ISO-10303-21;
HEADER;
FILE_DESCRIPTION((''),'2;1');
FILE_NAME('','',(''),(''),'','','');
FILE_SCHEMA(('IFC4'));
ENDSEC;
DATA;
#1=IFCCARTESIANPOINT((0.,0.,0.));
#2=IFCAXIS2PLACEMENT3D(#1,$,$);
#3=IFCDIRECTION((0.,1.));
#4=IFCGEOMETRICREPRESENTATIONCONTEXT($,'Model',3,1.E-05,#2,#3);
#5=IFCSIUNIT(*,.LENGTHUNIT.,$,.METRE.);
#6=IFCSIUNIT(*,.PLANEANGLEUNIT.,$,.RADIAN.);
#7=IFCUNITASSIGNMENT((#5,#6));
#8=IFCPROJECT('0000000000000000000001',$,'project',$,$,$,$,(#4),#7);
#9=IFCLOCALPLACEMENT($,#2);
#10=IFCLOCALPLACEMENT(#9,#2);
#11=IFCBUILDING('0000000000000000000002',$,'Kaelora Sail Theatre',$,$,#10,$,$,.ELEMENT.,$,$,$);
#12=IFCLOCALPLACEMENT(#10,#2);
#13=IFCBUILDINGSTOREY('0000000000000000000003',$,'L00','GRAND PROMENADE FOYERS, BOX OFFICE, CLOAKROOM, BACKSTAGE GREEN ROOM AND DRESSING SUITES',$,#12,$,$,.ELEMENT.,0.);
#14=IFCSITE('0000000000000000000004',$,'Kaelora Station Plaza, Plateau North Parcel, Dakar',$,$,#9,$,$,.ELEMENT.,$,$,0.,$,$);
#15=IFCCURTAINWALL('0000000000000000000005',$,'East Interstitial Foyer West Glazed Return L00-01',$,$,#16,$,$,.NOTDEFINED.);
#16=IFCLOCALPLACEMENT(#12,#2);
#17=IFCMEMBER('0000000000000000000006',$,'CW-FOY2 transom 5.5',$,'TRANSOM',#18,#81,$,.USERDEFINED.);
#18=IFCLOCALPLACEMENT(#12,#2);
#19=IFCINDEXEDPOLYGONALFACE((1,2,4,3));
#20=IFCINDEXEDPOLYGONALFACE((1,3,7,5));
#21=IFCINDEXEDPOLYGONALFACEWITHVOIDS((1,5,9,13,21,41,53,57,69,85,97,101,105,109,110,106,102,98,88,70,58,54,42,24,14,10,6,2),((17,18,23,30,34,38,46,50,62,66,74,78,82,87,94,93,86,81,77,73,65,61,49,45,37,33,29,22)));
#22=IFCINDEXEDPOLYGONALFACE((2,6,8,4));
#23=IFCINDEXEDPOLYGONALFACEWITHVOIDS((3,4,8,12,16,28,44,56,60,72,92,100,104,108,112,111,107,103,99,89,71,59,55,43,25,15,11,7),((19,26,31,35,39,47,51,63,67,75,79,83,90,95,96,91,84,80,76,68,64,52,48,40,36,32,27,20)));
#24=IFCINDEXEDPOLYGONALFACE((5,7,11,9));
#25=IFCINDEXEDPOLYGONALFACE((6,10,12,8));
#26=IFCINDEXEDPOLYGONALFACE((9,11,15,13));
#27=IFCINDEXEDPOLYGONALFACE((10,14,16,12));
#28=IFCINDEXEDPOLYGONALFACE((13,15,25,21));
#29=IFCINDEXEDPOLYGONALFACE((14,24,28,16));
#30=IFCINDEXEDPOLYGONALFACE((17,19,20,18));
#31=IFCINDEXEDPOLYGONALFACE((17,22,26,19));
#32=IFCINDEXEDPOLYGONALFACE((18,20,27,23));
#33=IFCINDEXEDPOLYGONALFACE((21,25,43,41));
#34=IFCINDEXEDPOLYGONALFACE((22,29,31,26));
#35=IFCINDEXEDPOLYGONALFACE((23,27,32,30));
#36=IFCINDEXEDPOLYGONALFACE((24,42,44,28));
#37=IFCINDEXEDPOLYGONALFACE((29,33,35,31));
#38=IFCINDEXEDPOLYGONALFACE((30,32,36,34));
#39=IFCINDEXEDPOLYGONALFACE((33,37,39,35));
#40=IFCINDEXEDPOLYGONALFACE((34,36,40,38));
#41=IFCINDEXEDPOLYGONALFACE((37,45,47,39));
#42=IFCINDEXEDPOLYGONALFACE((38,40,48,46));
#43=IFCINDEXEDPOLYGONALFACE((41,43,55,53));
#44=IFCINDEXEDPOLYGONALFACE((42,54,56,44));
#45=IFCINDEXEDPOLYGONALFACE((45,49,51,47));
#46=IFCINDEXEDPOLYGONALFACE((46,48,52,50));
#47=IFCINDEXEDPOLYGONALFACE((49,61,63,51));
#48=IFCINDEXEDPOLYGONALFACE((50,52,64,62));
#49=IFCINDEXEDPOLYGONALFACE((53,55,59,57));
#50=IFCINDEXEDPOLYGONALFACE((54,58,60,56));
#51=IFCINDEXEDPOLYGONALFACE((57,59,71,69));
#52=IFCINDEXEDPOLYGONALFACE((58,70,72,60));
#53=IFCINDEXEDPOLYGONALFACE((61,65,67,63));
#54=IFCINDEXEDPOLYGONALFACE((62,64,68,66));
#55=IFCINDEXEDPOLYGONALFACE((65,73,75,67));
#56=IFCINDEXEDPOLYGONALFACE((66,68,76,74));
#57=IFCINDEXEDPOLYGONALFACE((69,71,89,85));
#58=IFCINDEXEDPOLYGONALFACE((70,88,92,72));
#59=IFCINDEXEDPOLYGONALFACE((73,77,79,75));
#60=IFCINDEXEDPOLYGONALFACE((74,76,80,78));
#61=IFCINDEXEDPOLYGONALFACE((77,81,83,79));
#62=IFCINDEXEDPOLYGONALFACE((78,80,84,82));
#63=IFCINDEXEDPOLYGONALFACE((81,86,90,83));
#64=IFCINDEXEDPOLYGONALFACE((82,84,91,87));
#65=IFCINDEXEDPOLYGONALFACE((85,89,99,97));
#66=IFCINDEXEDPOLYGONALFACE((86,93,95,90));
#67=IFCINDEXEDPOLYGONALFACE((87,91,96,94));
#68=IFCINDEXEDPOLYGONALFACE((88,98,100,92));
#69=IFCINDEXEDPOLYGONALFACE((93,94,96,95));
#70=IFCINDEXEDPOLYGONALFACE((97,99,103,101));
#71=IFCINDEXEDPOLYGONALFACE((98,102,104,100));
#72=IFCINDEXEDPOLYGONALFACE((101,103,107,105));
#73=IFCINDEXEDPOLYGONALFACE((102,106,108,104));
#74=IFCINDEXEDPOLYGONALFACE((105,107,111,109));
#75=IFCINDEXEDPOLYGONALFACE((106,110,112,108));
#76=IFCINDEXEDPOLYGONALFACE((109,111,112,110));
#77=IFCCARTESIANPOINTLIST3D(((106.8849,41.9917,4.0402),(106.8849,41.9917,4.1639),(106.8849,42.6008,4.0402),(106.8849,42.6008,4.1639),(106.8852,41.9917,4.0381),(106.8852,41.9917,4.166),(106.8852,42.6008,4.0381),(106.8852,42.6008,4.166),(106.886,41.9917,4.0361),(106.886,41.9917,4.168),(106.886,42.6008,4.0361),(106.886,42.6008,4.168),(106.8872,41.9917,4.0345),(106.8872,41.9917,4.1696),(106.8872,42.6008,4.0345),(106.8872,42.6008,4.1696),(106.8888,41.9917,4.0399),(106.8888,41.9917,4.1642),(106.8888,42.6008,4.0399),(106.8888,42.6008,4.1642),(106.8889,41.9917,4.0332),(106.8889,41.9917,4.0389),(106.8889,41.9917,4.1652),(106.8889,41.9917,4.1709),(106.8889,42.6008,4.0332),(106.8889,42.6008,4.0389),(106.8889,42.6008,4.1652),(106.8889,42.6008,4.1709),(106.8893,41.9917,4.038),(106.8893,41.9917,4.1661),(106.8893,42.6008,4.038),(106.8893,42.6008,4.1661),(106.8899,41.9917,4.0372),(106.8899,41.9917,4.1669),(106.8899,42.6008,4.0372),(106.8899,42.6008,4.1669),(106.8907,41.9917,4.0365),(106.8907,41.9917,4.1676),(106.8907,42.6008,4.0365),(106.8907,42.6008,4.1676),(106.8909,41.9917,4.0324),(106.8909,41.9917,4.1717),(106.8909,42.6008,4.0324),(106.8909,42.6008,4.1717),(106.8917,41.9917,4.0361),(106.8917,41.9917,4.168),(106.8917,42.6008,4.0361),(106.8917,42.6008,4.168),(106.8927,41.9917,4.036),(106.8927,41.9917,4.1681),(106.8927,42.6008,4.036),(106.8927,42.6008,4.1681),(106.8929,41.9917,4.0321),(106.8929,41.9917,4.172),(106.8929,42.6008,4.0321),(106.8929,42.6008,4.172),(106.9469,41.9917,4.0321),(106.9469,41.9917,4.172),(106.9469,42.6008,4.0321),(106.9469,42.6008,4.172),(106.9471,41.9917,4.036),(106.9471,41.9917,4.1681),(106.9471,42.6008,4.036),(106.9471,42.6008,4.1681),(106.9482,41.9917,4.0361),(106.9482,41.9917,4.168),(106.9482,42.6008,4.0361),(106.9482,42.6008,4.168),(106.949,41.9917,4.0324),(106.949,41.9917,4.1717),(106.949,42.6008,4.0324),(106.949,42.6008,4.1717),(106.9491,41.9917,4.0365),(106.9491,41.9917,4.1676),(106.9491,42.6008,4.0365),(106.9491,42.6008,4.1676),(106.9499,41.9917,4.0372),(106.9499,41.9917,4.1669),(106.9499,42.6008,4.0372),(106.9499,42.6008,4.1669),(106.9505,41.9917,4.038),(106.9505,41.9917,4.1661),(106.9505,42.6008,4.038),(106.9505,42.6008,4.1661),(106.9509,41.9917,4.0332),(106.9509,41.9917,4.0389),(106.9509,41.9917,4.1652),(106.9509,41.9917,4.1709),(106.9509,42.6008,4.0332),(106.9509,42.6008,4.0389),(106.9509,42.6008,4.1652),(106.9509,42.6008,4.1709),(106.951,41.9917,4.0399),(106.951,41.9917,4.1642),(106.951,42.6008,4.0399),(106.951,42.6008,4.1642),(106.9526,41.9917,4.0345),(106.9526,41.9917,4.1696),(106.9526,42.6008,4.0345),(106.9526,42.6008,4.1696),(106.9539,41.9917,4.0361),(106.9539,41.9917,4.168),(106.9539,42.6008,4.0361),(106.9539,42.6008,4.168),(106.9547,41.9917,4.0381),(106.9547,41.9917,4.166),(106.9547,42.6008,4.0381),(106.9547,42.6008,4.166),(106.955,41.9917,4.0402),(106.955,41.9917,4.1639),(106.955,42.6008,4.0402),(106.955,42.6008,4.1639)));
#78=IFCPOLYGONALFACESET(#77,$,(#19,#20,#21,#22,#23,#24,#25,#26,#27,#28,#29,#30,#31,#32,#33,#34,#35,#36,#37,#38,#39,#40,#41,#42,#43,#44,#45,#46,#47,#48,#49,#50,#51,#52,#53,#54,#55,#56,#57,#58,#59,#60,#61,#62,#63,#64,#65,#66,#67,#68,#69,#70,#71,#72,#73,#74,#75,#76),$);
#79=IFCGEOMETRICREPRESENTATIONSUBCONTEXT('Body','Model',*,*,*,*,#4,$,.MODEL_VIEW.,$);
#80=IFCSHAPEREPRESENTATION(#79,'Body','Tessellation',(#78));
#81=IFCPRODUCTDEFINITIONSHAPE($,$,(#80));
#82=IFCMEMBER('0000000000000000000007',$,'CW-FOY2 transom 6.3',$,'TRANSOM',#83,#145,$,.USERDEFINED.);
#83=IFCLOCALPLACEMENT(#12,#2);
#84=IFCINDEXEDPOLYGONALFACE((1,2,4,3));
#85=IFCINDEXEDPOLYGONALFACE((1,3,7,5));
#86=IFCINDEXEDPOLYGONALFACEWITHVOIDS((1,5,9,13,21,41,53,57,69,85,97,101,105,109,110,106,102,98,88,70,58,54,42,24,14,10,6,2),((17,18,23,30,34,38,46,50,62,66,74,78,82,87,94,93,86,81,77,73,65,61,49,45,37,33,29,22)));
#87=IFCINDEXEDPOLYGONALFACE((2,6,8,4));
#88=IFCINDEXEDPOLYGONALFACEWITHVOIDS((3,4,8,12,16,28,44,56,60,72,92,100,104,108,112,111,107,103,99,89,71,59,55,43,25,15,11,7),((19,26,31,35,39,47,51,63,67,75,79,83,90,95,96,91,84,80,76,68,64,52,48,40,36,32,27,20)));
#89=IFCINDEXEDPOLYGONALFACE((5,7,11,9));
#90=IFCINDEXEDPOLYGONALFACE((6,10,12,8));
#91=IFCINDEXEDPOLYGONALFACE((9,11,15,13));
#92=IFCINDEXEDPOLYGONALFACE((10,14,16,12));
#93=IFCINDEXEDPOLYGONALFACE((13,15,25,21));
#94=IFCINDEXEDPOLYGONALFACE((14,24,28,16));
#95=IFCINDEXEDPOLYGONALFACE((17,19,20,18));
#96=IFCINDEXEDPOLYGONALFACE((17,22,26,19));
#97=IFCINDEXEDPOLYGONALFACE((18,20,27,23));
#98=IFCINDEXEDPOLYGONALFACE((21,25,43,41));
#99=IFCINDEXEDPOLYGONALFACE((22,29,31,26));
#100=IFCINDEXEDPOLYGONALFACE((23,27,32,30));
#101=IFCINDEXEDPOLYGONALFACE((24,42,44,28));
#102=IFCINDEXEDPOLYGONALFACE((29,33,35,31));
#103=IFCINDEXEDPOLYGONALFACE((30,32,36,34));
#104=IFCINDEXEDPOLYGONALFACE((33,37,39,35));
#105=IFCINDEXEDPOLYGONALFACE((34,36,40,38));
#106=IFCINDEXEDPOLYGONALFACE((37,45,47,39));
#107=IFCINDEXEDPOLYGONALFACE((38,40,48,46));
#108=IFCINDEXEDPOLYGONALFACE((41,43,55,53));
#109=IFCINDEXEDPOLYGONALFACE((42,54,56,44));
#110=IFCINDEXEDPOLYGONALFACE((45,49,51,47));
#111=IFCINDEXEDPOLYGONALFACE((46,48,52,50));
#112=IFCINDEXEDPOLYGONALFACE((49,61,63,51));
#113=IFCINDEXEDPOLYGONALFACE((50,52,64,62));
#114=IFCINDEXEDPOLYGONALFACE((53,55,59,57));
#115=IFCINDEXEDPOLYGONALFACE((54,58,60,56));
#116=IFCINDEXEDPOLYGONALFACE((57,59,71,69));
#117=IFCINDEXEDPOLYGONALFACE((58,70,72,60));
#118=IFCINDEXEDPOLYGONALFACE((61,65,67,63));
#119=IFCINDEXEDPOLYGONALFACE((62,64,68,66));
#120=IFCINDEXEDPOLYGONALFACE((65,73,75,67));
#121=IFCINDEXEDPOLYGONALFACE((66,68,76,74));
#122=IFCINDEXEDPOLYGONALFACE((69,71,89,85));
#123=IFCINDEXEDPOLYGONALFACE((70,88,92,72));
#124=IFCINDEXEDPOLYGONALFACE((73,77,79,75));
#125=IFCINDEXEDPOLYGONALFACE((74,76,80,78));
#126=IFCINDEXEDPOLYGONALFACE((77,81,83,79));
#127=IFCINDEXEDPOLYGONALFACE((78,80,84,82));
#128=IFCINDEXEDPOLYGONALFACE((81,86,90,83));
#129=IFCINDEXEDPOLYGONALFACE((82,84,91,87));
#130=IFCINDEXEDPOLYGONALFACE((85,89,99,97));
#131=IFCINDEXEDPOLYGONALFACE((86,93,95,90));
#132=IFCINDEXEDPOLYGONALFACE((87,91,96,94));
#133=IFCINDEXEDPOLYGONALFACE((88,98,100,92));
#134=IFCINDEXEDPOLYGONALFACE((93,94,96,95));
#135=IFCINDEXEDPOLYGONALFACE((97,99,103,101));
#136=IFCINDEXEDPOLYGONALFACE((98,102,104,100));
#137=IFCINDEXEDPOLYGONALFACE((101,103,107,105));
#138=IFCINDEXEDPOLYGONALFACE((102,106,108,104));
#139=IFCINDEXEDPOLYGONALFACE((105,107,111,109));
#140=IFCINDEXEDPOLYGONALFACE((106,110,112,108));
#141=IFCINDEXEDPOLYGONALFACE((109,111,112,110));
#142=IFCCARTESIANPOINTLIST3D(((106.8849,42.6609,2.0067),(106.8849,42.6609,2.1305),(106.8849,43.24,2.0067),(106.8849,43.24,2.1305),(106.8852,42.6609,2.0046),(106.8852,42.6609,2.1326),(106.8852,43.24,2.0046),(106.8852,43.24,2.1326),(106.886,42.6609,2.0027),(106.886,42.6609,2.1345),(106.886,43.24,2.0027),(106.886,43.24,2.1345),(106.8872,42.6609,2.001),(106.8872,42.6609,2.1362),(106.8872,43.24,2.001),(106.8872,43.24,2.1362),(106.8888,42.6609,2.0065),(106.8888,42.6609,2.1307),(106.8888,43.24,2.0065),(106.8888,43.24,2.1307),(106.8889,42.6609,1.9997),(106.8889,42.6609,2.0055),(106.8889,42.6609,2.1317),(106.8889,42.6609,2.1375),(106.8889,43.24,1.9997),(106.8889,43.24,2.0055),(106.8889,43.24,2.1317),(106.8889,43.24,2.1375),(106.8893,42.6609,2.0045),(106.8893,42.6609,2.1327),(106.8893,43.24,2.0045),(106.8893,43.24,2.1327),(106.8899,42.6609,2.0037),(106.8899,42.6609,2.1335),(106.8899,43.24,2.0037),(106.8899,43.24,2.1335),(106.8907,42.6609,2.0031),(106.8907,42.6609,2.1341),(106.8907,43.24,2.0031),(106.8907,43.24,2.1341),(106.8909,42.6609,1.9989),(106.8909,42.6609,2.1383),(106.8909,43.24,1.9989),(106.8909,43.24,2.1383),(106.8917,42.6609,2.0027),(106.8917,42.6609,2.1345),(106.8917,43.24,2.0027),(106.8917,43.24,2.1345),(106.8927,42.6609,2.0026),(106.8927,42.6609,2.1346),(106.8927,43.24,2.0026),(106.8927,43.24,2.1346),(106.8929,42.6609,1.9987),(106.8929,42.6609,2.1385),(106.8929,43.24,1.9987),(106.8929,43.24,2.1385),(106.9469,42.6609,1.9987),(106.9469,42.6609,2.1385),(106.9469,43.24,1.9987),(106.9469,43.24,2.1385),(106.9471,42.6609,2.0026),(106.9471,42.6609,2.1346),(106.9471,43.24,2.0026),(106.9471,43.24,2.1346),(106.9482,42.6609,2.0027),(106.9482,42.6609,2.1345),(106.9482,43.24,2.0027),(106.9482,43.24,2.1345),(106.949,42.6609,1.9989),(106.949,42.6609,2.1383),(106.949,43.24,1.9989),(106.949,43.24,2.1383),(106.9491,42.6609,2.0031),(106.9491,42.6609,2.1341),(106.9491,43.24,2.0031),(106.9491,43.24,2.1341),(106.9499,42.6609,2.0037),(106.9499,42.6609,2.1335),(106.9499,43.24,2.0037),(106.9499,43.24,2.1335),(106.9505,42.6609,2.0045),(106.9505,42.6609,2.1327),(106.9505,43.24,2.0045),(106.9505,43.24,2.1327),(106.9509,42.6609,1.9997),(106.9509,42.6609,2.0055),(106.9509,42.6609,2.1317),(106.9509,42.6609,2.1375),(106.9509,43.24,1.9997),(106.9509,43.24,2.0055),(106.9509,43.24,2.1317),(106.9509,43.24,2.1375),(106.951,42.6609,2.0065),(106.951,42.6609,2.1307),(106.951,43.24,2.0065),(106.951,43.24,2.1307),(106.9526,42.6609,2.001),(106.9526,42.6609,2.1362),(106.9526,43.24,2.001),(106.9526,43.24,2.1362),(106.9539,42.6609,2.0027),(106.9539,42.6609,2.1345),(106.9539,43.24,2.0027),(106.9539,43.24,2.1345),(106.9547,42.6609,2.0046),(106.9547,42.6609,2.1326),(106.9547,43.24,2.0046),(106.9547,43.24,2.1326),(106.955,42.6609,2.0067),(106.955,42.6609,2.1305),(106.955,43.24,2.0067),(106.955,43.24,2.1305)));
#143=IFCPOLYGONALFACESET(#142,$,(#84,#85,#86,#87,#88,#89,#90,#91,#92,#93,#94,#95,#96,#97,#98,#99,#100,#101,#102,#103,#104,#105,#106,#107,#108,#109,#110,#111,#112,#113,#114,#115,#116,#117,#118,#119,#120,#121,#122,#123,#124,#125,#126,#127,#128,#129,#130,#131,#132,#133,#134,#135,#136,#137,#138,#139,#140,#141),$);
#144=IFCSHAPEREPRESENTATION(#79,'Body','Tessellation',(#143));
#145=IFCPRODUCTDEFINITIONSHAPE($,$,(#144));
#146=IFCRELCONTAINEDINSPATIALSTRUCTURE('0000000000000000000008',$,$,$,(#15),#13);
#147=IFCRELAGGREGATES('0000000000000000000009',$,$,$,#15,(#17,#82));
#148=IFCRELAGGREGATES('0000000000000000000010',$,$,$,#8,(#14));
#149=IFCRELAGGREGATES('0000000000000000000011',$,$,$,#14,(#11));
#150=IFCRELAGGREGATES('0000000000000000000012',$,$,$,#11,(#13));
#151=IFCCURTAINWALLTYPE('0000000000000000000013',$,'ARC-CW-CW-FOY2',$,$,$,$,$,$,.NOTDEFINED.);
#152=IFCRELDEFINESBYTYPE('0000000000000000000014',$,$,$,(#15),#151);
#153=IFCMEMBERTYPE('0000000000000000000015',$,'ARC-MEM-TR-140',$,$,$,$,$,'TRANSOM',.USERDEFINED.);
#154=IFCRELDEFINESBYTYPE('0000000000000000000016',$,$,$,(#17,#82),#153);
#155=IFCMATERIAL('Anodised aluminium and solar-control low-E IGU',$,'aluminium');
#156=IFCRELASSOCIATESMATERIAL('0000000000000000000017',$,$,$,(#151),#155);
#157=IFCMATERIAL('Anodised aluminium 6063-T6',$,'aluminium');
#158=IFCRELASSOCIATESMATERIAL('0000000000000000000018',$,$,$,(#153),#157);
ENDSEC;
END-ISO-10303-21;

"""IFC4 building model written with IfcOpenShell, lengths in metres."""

from ifc_helpers import new_model, si_unit, direction, frame, origin, origin_2d, place, context, subcontext, project, spatial, hollow_rectangle, extrude, material, material_profile, profile_set, type_object, element, aggregate, save


model = new_model("IFC4")

# Units and contexts
model_context = context("Model", 3, precision=1e-05, world=origin(), true_north=direction((0.0, 1.0)))
body_context = subcontext(model_context, "Body", "Model", "MODEL_VIEW")
ifc_project = project(units=[si_unit("LENGTHUNIT", "METRE"), si_unit("PLANEANGLEUNIT", "RADIAN")], contexts=[model_context])

# Site, building, storey
site_placement = place(None, origin())
site = spatial("IfcSite", under=ifc_project, at=site_placement, Name="Kaelora Station Plaza, Plateau North Parcel, Dakar", CompositionType="ELEMENT", RefElevation=0.0)
building_placement = place(site_placement, origin())
building = spatial("IfcBuilding", under=site, at=building_placement, Name="Kaelora Sail Theatre", CompositionType="ELEMENT")
storey_placement = place(building_placement, origin())
storey = spatial("IfcBuildingStorey", under=building, at=storey_placement, Name="L00", Description="GRAND PROMENADE FOYERS, BOX OFFICE, CLOAKROOM, BACKSTAGE GREEN ROOM AND DRESSING SUITES", CompositionType="ELEMENT", Elevation=0.0)

# Curtain wall, members
ifc_material_1 = material(Name="Anodised aluminium and solar-control low-E IGU", Category="aluminium")
curtain_wall_type = type_object("IfcCurtainWallType", Name="ARC-CW-CW-FOY2", PredefinedType="NOTDEFINED", material=ifc_material_1)
ifc_material_2 = material(Name="Anodised aluminium 6063-T6", Category="aluminium")
ifc_material_profile = material_profile(ifc_material_2, hollow_rectangle(XDim=0.0701, YDim=0.1399, WallThickness=0.0039, InnerFilletRadius=0.0039, OuterFilletRadius=0.0081, at=origin_2d()), Name="ALU-TRAN 70x140x4")
ifc_profile_set = profile_set([ifc_material_profile], Name="Anodised aluminium 6063-T6")
member_type = type_object("IfcMemberType", Name="ARC-MEM-TR-140", ElementType="TRANSOM", PredefinedType="USERDEFINED", material=ifc_profile_set)
curtain_wall_1_placement = place(storey_placement, origin())
curtain_wall_1 = element("IfcCurtainWall", 1, at=curtain_wall_1_placement, inside=storey, type_object=curtain_wall_type, Name="East Interstitial Foyer West Glazed Return L00-01", PredefinedType="NOTDEFINED")
member_1_placement = place(storey_placement, frame((106.9199, 41.9917, 4.1021), z_axis=(0.0, 1.0, 0.0), x_axis=(-1.0, 0.0, 0.0)))
member_1 = element("IfcMember", 2, at=member_1_placement, type_object=member_type, Name="CW-FOY2 transom 5.5", ObjectType="TRANSOM", PredefinedType="USERDEFINED", context=body_context, shape_type="SweptSolid", body=[
    extrude(hollow_rectangle(XDim=0.0701, YDim=0.1399, WallThickness=0.0039, InnerFilletRadius=0.0039, OuterFilletRadius=0.0081, at=origin_2d()), origin(), (0.0, 0.0, 1.0), 0.6091),
])
member_2_placement = place(storey_placement, frame((106.9199, 42.6609, 2.0686), z_axis=(0.0, 1.0, 0.0), x_axis=(-1.0, 0.0, 0.0)))
member_2 = element("IfcMember", 3, at=member_2_placement, type_object=member_type, Name="CW-FOY2 transom 6.3", ObjectType="TRANSOM", PredefinedType="USERDEFINED", context=body_context, shape_type="SweptSolid", body=[
    extrude(hollow_rectangle(XDim=0.0701, YDim=0.1399, WallThickness=0.0039, InnerFilletRadius=0.0039, OuterFilletRadius=0.0081, at=origin_2d()), origin(), (0.0, 0.0, 1.0), 0.5791),
])

aggregate(curtain_wall_1, [member_1, member_2])

save(model, "model.ifc")
